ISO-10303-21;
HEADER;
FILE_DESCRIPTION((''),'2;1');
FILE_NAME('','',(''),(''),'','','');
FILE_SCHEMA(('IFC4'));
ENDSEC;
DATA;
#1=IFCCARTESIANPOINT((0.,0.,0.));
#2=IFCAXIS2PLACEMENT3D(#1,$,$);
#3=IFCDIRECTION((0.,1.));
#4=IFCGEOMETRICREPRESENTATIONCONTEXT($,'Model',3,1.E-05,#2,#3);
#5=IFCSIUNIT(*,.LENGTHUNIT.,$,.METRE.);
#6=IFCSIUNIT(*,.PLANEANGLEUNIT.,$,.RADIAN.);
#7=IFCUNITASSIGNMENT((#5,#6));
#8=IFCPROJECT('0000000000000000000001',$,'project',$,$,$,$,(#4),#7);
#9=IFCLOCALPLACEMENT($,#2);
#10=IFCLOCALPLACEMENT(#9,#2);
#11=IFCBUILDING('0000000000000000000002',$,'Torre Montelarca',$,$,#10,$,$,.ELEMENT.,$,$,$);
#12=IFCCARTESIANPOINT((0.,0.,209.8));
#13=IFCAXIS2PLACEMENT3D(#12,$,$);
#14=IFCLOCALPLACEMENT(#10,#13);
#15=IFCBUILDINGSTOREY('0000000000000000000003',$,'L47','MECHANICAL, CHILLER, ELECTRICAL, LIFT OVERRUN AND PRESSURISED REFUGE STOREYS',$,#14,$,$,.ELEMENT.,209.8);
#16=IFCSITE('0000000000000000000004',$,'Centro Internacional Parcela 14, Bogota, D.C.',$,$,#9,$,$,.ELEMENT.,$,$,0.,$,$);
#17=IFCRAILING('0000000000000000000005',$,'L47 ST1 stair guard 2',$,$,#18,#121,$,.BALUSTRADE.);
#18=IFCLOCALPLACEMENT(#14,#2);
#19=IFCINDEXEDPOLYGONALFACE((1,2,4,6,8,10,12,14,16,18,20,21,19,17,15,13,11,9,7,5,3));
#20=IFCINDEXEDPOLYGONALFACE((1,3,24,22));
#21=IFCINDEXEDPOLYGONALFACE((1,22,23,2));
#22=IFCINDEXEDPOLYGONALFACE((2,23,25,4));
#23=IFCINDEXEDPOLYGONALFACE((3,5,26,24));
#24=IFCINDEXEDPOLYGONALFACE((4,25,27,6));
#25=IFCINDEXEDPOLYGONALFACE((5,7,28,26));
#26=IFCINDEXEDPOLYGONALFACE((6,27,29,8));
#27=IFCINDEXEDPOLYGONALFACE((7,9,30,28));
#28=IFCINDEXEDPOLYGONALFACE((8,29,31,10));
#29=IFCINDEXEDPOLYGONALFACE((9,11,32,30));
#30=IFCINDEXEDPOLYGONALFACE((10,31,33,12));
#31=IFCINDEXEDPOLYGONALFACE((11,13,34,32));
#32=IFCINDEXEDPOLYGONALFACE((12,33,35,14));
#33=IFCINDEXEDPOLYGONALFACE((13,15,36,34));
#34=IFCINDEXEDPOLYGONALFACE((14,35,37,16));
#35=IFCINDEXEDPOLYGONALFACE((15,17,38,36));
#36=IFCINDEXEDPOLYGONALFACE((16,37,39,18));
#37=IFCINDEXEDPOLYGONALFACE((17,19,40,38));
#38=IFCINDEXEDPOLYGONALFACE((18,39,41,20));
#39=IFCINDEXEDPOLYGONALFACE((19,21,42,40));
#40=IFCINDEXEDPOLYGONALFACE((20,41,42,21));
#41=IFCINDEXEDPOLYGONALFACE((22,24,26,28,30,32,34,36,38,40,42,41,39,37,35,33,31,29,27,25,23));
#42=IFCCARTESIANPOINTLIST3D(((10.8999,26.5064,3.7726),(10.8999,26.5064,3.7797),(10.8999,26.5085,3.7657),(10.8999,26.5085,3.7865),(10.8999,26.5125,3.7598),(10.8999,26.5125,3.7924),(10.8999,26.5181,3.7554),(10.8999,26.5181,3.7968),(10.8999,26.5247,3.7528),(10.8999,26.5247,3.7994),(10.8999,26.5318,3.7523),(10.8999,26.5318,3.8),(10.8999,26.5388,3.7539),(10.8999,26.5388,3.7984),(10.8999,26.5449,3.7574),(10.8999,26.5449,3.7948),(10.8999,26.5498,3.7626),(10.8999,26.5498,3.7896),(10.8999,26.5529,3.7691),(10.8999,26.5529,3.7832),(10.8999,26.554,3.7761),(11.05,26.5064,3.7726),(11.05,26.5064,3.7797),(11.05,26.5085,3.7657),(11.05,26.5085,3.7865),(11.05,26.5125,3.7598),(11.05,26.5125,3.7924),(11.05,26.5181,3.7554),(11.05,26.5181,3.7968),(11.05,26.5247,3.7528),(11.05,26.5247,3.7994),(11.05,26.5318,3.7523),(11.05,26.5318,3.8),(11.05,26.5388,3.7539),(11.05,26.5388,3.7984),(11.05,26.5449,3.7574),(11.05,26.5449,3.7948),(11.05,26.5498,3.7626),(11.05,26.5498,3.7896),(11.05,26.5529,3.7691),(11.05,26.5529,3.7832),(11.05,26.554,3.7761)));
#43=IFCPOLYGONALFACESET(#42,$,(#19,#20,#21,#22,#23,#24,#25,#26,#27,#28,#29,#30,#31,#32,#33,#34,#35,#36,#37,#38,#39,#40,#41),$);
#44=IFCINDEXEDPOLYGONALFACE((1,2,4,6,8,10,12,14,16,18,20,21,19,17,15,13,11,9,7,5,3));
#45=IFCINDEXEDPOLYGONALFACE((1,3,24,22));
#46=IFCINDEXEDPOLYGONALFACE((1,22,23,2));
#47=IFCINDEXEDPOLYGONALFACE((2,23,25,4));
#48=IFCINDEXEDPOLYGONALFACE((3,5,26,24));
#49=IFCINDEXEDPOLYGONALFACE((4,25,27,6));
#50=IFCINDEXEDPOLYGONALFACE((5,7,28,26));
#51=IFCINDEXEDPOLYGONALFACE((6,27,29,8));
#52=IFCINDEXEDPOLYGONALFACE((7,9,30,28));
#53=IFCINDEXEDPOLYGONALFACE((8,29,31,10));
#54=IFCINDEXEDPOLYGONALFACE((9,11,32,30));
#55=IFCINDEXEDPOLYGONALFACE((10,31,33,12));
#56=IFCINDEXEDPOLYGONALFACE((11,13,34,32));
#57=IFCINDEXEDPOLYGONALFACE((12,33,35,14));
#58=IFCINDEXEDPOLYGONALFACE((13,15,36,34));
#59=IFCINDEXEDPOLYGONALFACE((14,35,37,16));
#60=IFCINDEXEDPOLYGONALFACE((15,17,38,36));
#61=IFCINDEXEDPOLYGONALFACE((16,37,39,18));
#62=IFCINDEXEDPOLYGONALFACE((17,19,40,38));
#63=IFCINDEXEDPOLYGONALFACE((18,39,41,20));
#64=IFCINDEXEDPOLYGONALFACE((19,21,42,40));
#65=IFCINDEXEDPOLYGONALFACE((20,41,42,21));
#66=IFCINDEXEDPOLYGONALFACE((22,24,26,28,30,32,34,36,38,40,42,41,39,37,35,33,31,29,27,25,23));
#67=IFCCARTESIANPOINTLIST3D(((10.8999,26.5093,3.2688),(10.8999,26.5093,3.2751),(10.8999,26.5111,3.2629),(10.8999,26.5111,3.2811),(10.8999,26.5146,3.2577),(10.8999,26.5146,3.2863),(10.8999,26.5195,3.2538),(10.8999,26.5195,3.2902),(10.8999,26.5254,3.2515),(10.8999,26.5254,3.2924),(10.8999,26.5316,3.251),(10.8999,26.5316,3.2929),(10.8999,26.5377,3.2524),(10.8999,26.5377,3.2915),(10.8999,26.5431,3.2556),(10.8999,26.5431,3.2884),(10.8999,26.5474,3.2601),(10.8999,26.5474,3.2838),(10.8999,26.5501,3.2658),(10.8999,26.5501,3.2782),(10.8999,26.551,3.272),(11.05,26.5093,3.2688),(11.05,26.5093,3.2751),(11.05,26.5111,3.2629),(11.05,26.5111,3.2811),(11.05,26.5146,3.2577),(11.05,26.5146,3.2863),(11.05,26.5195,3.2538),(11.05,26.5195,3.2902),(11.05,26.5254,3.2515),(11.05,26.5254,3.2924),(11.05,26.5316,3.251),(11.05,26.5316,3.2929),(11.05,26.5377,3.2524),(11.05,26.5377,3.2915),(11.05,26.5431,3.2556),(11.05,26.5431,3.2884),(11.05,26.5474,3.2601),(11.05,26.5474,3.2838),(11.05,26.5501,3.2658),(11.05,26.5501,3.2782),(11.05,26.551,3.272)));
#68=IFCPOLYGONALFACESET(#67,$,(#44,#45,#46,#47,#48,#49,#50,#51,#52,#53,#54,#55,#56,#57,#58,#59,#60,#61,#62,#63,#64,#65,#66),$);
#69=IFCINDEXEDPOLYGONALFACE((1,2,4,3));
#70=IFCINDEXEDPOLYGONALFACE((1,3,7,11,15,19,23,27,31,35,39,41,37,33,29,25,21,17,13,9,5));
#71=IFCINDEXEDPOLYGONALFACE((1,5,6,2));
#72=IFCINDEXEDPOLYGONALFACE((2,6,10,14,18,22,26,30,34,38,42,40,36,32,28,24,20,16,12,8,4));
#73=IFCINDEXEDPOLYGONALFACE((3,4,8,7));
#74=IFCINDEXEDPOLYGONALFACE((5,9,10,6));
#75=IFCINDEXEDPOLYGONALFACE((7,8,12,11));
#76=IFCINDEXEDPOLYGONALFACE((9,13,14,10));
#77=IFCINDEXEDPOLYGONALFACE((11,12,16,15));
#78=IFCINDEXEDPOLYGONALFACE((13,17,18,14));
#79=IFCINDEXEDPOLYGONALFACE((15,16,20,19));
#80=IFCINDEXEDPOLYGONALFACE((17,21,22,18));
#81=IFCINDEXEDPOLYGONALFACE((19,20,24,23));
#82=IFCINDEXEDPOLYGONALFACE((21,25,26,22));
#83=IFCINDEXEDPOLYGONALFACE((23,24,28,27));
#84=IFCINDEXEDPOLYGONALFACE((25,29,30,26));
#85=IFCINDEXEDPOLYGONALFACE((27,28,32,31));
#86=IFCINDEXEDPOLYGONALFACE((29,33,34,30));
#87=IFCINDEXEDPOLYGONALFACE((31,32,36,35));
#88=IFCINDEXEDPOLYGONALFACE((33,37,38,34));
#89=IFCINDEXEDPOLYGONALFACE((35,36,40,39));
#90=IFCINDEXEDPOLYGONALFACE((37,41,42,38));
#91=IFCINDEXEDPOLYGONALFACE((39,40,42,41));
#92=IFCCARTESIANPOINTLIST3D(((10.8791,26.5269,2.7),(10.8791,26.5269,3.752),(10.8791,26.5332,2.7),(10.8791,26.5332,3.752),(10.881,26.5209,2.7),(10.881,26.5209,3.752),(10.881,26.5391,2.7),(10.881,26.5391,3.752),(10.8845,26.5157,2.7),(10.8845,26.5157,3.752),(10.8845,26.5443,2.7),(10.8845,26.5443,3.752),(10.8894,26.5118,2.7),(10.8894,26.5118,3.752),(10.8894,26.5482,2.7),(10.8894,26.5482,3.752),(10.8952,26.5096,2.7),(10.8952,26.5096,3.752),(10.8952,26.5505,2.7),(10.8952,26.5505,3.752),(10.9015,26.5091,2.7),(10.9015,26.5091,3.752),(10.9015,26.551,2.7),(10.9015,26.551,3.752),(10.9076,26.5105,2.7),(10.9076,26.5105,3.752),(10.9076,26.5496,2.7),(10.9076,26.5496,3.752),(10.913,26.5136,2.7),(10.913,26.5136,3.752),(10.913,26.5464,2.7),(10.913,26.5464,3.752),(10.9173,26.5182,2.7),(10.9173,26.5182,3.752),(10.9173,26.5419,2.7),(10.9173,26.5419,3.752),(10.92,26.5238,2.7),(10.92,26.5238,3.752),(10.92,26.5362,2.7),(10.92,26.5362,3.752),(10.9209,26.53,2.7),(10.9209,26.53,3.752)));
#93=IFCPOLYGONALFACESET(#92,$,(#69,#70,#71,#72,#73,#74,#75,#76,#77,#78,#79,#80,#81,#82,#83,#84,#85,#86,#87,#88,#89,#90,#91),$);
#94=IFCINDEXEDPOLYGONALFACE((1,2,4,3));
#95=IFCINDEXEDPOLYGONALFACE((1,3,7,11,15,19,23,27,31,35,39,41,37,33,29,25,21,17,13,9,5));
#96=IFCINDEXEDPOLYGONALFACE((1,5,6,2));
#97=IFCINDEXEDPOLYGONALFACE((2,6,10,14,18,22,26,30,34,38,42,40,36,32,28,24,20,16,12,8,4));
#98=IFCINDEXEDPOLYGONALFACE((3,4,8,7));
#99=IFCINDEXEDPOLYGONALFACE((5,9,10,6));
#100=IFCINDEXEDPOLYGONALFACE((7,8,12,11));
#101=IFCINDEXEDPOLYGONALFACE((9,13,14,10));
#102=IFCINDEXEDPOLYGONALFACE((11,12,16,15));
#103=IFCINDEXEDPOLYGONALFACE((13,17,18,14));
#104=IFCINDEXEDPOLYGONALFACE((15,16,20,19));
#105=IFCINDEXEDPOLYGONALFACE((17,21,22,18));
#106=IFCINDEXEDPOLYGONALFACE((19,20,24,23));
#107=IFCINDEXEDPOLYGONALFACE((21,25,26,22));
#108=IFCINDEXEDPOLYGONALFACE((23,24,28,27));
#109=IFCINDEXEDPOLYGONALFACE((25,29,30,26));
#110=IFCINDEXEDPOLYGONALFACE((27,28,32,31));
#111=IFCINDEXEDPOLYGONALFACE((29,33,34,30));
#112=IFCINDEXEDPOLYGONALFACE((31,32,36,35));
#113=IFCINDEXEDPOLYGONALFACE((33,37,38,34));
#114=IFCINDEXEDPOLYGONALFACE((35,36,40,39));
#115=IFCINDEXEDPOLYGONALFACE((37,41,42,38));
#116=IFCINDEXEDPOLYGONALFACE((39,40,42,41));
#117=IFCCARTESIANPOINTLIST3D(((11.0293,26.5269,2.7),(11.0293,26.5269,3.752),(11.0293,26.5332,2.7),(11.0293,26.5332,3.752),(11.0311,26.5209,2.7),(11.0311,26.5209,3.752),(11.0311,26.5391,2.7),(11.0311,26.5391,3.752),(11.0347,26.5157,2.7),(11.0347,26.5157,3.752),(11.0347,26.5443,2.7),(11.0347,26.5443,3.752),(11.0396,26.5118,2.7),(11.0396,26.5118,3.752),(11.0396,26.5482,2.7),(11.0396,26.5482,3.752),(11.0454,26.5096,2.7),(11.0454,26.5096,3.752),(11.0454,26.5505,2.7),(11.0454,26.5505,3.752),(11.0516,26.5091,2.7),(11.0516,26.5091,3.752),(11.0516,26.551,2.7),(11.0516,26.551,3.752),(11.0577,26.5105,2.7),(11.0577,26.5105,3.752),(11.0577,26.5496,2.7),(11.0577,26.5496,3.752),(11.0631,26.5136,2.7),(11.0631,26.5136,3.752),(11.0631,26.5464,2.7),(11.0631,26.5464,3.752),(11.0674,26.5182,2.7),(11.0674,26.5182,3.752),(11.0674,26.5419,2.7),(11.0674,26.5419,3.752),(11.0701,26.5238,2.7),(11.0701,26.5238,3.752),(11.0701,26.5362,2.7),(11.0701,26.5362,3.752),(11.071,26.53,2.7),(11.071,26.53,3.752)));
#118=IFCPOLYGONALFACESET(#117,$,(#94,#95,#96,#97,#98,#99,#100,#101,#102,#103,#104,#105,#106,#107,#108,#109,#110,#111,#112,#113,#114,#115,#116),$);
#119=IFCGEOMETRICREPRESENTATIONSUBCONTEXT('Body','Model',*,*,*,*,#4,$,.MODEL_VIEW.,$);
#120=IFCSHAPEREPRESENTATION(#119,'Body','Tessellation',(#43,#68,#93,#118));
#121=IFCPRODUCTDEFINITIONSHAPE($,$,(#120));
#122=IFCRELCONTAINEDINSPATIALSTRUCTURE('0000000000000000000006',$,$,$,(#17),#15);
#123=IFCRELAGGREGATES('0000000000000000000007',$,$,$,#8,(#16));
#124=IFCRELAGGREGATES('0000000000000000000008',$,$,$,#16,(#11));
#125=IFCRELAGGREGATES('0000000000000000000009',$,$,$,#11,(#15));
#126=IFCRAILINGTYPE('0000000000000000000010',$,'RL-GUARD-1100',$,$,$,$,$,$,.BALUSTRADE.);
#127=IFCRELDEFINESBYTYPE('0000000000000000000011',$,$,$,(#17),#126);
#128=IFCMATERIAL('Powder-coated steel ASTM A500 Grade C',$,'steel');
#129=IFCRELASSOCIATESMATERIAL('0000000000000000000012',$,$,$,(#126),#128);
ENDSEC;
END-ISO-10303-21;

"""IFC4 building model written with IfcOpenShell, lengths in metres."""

from ifc_helpers import new_model, si_unit, direction, frame, origin, origin_2d, place, context, subcontext, project, spatial, circle, extrude, material, type_object, element, save


model = new_model("IFC4")

# Units and contexts
model_context = context("Model", 3, precision=1e-05, world=origin(), true_north=direction((0.0, 1.0)))
body_context = subcontext(model_context, "Body", "Model", "MODEL_VIEW")
ifc_project = project(units=[si_unit("LENGTHUNIT", "METRE"), si_unit("PLANEANGLEUNIT", "RADIAN")], contexts=[model_context])

# Site, building, storey
site_placement = place(None, origin())
site = spatial("IfcSite", under=ifc_project, at=site_placement, Name="Centro Internacional Parcela 14, Bogota, D.C.", CompositionType="ELEMENT", RefElevation=0.0)
building_placement = place(site_placement, origin())
building = spatial("IfcBuilding", under=site, at=building_placement, Name="Torre Montelarca", CompositionType="ELEMENT")
storey_placement = place(building_placement, frame((0.0, 0.0, 209.8)))
storey = spatial("IfcBuildingStorey", under=building, at=storey_placement, Name="L47", Description="MECHANICAL, CHILLER, ELECTRICAL, LIFT OVERRUN AND PRESSURISED REFUGE STOREYS", CompositionType="ELEMENT", Elevation=209.8)

# Railing
ifc_material_1 = material(Name="Powder-coated steel ASTM A500 Grade C", Category="steel")
railing_type_1 = type_object("IfcRailingType", Name="RL-GUARD-1100", PredefinedType="BALUSTRADE", material=ifc_material_1)
railing_1_placement = place(storey_placement, frame((10.8999, 26.53, 2.7)))
element("IfcRailing", 1, at=railing_1_placement, inside=storey, type_object=railing_type_1, Name="L47 ST1 stair guard 2", PredefinedType="BALUSTRADE", context=body_context, shape_type="SweptSolid", body=[
    extrude(circle(Radius=0.0239, at=origin_2d()), frame((0.0, 0.0, 1.0762), z_axis=(1.0, 0.0, 0.0), x_axis=(0.0, 1.0, 0.0)), (0.0, 0.0, 1.0), 0.1501),
    extrude(circle(Radius=0.021, at=origin_2d()), frame((0.0, 0.0, 0.572), z_axis=(1.0, 0.0, 0.0), x_axis=(0.0, 1.0, 0.0)), (0.0, 0.0, 1.0), 0.1501),
    extrude(circle(Radius=0.021, at=origin_2d()), origin(), (0.0, 0.0, 1.0), 1.052),
    extrude(circle(Radius=0.021, at=origin_2d()), frame((0.1501, 0.0, 0.0)), (0.0, 0.0, 1.0), 1.052),
])

save(model, "model.ifc")
